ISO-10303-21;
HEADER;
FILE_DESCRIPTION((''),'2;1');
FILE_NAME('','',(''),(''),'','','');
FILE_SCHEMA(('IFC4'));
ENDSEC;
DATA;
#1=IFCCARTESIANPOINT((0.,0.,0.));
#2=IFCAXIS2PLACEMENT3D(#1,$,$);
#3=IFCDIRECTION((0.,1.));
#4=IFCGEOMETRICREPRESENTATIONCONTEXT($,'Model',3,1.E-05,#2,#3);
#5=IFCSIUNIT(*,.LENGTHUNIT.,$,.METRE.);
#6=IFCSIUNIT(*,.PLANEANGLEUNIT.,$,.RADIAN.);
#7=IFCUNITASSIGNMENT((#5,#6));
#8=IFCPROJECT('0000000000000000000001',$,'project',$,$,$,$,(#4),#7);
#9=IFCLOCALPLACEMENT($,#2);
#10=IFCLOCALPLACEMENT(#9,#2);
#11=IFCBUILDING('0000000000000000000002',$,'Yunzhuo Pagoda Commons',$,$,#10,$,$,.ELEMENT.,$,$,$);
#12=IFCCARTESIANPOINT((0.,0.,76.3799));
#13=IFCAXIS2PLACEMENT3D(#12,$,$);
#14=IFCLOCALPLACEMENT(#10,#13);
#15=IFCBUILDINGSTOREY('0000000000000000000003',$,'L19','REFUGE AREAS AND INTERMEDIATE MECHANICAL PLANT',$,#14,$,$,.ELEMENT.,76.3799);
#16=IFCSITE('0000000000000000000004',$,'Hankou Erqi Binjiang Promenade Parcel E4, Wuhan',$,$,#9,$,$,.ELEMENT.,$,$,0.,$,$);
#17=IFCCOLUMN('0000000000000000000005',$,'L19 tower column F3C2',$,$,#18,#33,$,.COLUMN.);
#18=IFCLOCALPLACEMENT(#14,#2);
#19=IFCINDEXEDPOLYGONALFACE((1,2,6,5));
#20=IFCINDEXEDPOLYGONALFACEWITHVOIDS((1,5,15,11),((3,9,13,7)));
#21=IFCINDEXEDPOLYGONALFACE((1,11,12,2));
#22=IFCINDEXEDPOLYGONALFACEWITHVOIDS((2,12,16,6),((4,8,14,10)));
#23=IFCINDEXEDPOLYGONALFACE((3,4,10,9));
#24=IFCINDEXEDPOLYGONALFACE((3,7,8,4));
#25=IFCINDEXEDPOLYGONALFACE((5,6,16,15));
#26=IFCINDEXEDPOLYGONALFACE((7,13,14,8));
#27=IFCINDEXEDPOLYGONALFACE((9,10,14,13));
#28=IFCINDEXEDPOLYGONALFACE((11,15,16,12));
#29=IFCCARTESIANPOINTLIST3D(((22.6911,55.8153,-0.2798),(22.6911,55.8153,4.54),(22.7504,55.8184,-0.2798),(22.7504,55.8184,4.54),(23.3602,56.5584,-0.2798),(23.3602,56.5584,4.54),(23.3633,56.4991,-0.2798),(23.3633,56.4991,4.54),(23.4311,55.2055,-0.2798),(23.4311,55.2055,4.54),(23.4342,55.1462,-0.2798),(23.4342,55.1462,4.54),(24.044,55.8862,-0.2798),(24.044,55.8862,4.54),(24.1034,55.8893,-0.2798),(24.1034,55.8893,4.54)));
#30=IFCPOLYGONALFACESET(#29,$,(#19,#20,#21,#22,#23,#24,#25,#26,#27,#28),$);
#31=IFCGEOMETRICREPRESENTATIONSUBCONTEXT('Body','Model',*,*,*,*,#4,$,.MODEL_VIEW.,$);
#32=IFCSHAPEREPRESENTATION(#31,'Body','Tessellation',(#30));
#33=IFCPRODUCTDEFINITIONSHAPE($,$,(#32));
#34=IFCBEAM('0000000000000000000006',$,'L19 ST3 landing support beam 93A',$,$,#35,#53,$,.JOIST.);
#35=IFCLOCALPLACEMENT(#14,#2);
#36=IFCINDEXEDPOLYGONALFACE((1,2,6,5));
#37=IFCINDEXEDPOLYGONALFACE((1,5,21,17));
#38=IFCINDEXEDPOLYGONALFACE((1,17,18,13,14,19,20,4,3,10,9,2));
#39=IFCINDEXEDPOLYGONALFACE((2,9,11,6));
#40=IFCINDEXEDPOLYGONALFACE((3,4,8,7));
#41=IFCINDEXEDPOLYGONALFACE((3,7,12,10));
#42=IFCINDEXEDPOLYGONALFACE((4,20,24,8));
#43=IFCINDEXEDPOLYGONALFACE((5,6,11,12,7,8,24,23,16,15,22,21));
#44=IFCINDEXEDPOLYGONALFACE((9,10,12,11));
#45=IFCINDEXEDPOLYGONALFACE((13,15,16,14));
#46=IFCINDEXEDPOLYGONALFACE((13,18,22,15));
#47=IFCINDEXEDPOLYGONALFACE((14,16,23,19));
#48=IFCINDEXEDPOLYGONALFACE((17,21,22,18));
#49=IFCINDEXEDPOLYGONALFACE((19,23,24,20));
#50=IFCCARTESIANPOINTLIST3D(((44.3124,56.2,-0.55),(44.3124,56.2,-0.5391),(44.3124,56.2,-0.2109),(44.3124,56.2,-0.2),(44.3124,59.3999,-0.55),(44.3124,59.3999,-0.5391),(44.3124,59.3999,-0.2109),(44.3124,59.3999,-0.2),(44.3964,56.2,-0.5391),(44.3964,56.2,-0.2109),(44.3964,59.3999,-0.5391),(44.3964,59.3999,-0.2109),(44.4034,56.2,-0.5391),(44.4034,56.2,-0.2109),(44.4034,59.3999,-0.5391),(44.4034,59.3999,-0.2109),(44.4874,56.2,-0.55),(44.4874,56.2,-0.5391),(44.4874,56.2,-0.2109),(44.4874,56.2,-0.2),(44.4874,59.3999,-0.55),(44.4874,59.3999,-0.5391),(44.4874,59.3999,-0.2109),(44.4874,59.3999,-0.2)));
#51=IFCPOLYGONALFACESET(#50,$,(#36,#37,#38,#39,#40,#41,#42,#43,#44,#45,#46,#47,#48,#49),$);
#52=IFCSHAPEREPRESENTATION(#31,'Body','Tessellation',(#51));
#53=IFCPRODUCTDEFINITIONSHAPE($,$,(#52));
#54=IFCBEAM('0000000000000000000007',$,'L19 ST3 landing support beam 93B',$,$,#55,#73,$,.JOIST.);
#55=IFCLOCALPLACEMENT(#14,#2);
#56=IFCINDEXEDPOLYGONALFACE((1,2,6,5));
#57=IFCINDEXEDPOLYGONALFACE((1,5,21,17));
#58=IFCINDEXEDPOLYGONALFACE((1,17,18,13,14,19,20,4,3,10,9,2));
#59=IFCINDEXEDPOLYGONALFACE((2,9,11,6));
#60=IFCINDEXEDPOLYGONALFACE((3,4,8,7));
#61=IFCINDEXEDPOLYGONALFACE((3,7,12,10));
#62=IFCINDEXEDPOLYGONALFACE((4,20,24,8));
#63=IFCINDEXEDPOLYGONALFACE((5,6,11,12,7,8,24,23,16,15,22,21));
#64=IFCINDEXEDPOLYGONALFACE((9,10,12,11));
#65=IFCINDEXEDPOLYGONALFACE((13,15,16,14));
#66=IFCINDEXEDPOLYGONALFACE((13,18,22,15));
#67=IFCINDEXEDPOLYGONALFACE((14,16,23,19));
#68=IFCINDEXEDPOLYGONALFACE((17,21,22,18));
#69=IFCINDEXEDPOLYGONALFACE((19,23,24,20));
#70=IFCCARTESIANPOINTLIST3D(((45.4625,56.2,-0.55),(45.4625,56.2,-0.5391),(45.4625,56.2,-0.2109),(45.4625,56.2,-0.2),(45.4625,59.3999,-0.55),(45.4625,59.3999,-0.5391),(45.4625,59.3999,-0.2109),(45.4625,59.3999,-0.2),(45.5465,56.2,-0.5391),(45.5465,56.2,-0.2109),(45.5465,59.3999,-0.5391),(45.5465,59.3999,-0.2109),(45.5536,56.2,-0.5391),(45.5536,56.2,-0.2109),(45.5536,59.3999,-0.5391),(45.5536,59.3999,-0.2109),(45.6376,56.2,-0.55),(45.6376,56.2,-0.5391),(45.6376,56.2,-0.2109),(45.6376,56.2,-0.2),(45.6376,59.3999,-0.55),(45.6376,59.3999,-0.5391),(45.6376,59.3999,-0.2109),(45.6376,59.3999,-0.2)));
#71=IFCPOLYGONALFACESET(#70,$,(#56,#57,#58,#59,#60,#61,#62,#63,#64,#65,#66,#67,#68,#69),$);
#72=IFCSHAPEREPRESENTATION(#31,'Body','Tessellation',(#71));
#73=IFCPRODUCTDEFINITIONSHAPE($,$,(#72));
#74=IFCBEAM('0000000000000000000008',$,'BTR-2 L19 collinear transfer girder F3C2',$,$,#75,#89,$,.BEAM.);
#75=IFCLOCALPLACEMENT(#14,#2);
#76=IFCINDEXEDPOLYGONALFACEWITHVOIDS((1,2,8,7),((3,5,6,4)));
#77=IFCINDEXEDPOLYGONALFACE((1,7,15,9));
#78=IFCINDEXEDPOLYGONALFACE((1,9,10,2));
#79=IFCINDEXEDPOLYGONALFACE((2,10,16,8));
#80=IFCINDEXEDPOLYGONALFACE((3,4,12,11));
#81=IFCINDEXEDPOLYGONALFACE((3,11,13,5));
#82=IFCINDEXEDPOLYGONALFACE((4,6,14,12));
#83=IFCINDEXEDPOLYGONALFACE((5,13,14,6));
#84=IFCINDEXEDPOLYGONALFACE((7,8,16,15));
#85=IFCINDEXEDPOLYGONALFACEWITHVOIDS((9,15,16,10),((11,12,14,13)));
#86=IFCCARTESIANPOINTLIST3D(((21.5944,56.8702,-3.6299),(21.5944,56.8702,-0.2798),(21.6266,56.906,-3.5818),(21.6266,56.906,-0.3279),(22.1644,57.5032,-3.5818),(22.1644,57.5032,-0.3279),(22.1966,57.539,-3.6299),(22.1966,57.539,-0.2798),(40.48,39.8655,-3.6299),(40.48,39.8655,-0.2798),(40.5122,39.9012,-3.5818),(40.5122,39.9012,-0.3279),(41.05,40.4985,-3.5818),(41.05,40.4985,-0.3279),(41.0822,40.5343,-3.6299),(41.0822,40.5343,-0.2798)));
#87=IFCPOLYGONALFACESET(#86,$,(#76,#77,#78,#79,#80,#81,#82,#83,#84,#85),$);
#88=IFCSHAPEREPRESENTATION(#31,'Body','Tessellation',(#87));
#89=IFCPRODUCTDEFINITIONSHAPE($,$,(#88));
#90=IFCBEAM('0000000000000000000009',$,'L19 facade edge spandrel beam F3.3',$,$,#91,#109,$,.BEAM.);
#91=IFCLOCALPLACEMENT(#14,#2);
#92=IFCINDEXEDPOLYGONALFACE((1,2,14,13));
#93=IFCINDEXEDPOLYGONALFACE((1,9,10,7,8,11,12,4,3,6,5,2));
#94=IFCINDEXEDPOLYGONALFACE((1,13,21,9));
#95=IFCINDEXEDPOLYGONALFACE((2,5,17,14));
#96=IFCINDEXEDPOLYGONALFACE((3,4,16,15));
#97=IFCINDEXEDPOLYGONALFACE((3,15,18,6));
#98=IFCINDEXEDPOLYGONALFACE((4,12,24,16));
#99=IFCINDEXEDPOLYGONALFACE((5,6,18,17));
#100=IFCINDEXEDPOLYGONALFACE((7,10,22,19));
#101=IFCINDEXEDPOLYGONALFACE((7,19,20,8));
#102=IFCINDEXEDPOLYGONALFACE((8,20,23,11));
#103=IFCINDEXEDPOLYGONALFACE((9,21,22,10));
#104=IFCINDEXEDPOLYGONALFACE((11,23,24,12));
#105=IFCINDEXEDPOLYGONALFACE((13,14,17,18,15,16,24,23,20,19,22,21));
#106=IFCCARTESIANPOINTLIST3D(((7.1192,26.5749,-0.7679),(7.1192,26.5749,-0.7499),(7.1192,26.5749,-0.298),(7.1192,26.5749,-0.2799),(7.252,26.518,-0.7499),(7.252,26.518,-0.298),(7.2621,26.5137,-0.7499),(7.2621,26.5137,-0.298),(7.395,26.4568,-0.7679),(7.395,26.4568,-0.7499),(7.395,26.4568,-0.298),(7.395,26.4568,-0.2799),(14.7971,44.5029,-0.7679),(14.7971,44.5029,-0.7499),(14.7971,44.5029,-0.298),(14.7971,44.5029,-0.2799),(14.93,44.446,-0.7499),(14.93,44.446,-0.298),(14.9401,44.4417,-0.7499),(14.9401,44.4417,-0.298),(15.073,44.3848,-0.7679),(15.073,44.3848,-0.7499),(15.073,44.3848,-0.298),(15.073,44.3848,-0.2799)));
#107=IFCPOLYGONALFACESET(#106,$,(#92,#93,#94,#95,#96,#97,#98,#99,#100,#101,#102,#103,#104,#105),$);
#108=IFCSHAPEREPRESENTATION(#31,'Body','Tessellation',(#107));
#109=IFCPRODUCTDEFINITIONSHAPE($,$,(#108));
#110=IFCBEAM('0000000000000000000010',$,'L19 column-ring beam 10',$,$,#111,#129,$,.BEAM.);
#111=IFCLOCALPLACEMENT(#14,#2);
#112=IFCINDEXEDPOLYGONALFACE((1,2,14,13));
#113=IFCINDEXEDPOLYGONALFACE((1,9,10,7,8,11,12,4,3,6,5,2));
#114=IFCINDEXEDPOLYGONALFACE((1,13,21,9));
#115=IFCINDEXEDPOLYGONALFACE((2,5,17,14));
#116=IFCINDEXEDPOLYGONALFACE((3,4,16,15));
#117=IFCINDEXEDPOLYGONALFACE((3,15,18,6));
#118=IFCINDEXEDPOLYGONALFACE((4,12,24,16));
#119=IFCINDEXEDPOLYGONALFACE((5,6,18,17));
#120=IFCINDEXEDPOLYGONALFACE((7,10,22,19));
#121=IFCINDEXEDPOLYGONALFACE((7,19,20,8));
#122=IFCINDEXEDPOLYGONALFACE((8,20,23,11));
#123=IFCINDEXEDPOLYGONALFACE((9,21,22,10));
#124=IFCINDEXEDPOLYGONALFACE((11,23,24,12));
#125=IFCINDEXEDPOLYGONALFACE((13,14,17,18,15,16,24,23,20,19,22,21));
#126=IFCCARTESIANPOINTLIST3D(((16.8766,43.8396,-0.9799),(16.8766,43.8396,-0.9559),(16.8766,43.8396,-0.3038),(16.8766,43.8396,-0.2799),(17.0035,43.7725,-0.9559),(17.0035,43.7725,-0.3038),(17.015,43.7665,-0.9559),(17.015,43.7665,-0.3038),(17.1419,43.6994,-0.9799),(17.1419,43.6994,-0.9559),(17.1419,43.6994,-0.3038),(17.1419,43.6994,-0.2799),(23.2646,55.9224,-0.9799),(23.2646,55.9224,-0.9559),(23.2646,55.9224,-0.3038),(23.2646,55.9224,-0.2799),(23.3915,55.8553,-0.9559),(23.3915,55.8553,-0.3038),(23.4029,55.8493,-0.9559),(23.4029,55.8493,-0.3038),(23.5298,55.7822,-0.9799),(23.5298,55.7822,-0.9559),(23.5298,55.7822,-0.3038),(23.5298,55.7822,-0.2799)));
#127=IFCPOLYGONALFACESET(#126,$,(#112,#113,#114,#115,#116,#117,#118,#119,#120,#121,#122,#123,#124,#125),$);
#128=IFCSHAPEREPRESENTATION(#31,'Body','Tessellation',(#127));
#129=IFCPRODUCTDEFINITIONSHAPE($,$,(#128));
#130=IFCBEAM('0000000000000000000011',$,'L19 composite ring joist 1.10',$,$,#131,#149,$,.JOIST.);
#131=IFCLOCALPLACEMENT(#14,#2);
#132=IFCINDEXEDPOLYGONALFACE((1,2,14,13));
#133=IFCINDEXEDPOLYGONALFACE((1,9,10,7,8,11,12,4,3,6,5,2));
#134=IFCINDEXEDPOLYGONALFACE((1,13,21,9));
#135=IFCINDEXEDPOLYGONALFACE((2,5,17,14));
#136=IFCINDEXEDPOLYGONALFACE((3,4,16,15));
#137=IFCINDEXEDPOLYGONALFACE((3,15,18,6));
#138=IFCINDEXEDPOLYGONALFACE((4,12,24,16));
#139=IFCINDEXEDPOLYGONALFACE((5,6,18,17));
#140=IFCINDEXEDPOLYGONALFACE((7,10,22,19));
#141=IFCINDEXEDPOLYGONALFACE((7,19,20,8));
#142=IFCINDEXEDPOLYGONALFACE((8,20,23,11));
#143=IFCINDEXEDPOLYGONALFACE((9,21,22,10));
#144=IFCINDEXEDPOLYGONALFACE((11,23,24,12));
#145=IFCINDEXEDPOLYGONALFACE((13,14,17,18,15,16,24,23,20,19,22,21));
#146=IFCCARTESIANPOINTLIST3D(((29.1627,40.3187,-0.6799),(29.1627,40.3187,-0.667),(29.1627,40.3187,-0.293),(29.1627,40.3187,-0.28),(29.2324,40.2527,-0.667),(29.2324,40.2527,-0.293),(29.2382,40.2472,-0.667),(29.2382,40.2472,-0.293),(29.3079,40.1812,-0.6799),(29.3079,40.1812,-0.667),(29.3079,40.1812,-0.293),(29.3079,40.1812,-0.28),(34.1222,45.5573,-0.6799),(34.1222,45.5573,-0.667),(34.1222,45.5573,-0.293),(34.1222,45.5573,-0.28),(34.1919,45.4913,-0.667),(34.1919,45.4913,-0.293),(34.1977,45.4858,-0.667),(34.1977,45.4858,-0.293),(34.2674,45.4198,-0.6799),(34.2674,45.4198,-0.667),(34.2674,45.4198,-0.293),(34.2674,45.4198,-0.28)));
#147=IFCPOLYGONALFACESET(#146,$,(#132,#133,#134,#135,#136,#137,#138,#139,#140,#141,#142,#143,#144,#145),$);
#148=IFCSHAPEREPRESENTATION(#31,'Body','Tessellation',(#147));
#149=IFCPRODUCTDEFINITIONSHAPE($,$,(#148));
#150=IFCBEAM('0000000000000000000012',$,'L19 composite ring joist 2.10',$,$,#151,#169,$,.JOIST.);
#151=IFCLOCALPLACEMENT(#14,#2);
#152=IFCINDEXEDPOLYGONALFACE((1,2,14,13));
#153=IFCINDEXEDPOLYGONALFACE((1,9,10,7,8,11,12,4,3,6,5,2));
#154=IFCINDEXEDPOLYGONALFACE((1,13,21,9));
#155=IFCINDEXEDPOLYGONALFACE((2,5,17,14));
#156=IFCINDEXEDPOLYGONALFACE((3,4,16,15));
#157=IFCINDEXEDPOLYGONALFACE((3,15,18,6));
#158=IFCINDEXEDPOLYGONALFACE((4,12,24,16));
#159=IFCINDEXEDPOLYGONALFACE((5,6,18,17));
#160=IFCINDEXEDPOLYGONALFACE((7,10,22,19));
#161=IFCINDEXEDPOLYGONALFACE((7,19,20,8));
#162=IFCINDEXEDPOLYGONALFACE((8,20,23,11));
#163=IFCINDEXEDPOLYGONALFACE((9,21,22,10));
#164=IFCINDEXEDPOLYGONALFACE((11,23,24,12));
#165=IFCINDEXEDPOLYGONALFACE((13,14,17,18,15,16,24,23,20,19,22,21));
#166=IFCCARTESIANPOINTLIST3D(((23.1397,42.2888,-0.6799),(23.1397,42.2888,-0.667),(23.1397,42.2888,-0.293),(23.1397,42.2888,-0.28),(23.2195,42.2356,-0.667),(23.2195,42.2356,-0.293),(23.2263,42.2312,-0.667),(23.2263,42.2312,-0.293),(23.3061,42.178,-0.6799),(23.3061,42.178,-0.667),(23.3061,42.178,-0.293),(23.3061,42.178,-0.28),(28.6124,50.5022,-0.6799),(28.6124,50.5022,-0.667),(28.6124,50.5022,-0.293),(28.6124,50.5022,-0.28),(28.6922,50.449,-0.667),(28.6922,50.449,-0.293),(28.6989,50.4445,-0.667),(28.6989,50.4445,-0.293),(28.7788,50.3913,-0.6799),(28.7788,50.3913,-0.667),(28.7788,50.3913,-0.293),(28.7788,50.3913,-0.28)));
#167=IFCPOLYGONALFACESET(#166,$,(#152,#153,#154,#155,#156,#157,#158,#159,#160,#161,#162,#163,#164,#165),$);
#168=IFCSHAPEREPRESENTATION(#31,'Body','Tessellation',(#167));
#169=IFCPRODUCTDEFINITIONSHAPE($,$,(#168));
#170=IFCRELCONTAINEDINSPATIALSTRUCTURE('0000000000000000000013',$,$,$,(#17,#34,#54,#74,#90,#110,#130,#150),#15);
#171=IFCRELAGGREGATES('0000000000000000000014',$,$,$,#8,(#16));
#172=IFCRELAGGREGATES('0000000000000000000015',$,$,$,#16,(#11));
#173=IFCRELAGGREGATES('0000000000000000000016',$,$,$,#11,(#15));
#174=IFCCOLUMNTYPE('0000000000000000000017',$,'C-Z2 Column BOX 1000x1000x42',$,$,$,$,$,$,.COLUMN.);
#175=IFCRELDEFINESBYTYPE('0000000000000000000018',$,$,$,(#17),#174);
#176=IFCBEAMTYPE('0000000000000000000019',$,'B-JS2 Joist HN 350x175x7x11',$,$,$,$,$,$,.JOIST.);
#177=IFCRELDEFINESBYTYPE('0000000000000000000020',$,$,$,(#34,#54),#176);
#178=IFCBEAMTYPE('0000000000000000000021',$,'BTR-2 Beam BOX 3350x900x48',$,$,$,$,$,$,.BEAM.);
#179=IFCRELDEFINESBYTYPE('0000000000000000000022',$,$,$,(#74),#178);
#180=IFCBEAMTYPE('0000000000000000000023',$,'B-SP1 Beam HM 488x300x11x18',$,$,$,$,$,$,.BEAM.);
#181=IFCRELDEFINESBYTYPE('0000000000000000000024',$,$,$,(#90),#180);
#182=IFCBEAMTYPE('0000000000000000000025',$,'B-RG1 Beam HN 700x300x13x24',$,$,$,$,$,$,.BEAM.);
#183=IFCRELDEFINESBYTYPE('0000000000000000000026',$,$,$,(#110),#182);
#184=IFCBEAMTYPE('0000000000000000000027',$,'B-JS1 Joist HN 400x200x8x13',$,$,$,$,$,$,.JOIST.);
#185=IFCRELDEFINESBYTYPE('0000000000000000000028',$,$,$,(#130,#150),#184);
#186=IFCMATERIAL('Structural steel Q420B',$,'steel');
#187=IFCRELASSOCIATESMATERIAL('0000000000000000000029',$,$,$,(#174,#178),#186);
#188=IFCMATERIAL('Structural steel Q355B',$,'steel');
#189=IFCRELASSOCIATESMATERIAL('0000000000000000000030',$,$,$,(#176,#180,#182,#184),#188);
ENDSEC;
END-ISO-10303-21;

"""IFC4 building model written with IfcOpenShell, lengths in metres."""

from ifc_helpers import new_model, si_unit, direction, frame, origin, origin_2d, place, context, subcontext, project, spatial, hollow_rectangle, i_section, extrude, source, transform, mapped, material, material_profile, profile_set, type_object, element, save


model = new_model("IFC4")

# Units and contexts
model_context = context("Model", 3, precision=1e-05, world=origin(), true_north=direction((0.0, 1.0)))
body_context = subcontext(model_context, "Body", "Model", "MODEL_VIEW")
ifc_project = project(units=[si_unit("LENGTHUNIT", "METRE"), si_unit("PLANEANGLEUNIT", "RADIAN")], contexts=[model_context])

# Site, building, storey
site_placement = place(None, origin())
site = spatial("IfcSite", under=ifc_project, at=site_placement, Name="Hankou Erqi Binjiang Promenade Parcel E4, Wuhan", CompositionType="ELEMENT", RefElevation=0.0)
building_placement = place(site_placement, origin())
building = spatial("IfcBuilding", under=site, at=building_placement, Name="Yunzhuo Pagoda Commons", CompositionType="ELEMENT")
storey_placement = place(building_placement, frame((0.0, 0.0, 76.3799)))
storey = spatial("IfcBuildingStorey", under=building, at=storey_placement, Name="L19", Description="REFUGE AREAS AND INTERMEDIATE MECHANICAL PLANT", CompositionType="ELEMENT", Elevation=76.3799)

# Column
ifc_material_1 = material(Name="Structural steel Q420B", Category="steel")
ifc_material_profile_1 = material_profile(ifc_material_1, hollow_rectangle(XDim=1.0, YDim=1.0, WallThickness=0.042, at=origin_2d()), Name="Structural steel Q420B")
ifc_profile_set_1 = profile_set([ifc_material_profile_1], Name="Structural steel Q420B")
column_type = type_object("IfcColumnType", Name="C-Z2 Column BOX 1000x1000x42", PredefinedType="COLUMN", material=ifc_profile_set_1)
shared_shape_1 = source(origin(), body_context, "Body", "SweptSolid", [
    extrude(hollow_rectangle(XDim=1.0, YDim=1.0, WallThickness=0.042, at=origin_2d()), origin(), (0.0, 0.0, 1.0), 4.8198),
])
column_placement = place(storey_placement, frame((23.3972, 55.8523, -0.2798), z_axis=(0.0, 0.0, 1.0), x_axis=(-0.669131, -0.743145, 0.0)))
element("IfcColumn", 1, at=column_placement, inside=storey, type_object=column_type, Name="L19 tower column F3C2", PredefinedType="COLUMN", context=body_context, shape_type="MappedRepresentation", body=[
    mapped(shared_shape_1, transform((0.0, 0.0, 0.0), scale=1.0)),
])

# Beams
ifc_material_2 = material(Name="Structural steel Q355B", Category="steel")
ifc_material_profile_2 = material_profile(ifc_material_2, i_section(OverallWidth=0.175, OverallDepth=0.3501, WebThickness=0.0071, FlangeThickness=0.011, at=origin_2d()), Name="Structural steel Q355B")
ifc_profile_set_2 = profile_set([ifc_material_profile_2], Name="Structural steel Q355B")
beam_type_1 = type_object("IfcBeamType", Name="B-JS2 Joist HN 350x175x7x11", PredefinedType="JOIST", material=ifc_profile_set_2)
shared_shape_2 = source(origin(), body_context, "Body", "SweptSolid", [
    extrude(i_section(OverallWidth=0.175, OverallDepth=0.3501, WebThickness=0.0071, FlangeThickness=0.011, at=origin_2d()), origin(), (0.0, 0.0, 1.0), 3.2),
])
for number, where, z_axis, x_axis, name in (
    (2, (44.3999, 56.2, -0.375), (0.0, 1.0, 0.0), (-1.0, 0.0, 0.0), "L19 ST3 landing support beam 93A"),
    (3, (45.55, 56.2, -0.375), (0.0, 1.0, 0.0), (-1.0, 0.0, 0.0), "L19 ST3 landing support beam 93B"),
):
    element("IfcBeam", number, at=place(storey_placement, frame(where, z_axis=z_axis, x_axis=x_axis)), inside=storey, type_object=beam_type_1, Name=name, PredefinedType="JOIST", context=body_context, shape_type="MappedRepresentation", body=[
        mapped(shared_shape_2, transform((0.0, 0.0, 0.0), scale=1.0)),
    ])
ifc_material_profile_3 = material_profile(ifc_material_1, hollow_rectangle(XDim=0.8999, YDim=3.3501, WallThickness=0.0481, at=origin_2d()), Name="Structural steel Q420B")
ifc_profile_set_3 = profile_set([ifc_material_profile_3], Name="Structural steel Q420B")
beam_type_2 = type_object("IfcBeamType", Name="BTR-2 Beam BOX 3350x900x48", PredefinedType="BEAM", material=ifc_profile_set_3)
shared_shape_3 = source(origin(), body_context, "Body", "SweptSolid", [
    extrude(hollow_rectangle(XDim=0.8999, YDim=3.3501, WallThickness=0.0481, at=origin_2d()), origin(), (0.0, 0.0, 1.0), 25.4131),
])
beam_1_placement = place(storey_placement, frame((21.8955, 57.2046, -1.9548), z_axis=(0.743144, -0.669132, 0.0), x_axis=(0.669132, 0.743144, 0.0)))
element("IfcBeam", 4, at=beam_1_placement, inside=storey, type_object=beam_type_2, Name="BTR-2 L19 collinear transfer girder F3C2", PredefinedType="BEAM", context=body_context, shape_type="MappedRepresentation", body=[
    mapped(shared_shape_3, transform((0.0, 0.0, 0.0), scale=1.0)),
])
ifc_material_profile_4 = material_profile(ifc_material_2, i_section(OverallWidth=0.3, OverallDepth=0.488, WebThickness=0.011, FlangeThickness=0.0181, at=origin_2d()), Name="Structural steel Q355B")
ifc_profile_set_4 = profile_set([ifc_material_profile_4], Name="Structural steel Q355B")
beam_type_3 = type_object("IfcBeamType", Name="B-SP1 Beam HM 488x300x11x18", PredefinedType="BEAM", material=ifc_profile_set_4)
shared_shape_4 = source(origin(), body_context, "Body", "SweptSolid", [
    extrude(i_section(OverallWidth=0.3, OverallDepth=0.488, WebThickness=0.011, FlangeThickness=0.0181, at=origin_2d()), origin(), (0.0, 0.0, 1.0), 19.5029),
])
beam_2_placement = place(storey_placement, frame((14.9351, 44.4438, -0.5239), z_axis=(-0.393684, -0.919246, 0.0), x_axis=(0.919246, -0.393684, 0.0)))
element("IfcBeam", 5, at=beam_2_placement, inside=storey, type_object=beam_type_3, Name="L19 facade edge spandrel beam F3.3", PredefinedType="BEAM", context=body_context, shape_type="MappedRepresentation", body=[
    mapped(shared_shape_4, transform((0.0, 0.0, 0.0), scale=1.0)),
])
ifc_material_profile_5 = material_profile(ifc_material_2, i_section(OverallWidth=0.3, OverallDepth=0.7, WebThickness=0.0129, FlangeThickness=0.0239, at=origin_2d()), Name="Structural steel Q355B")
ifc_profile_set_5 = profile_set([ifc_material_profile_5], Name="Structural steel Q355B")
beam_type_4 = type_object("IfcBeamType", Name="B-RG1 Beam HN 700x300x13x24", PredefinedType="BEAM", material=ifc_profile_set_5)
shared_shape_5 = source(origin(), body_context, "Body", "SweptSolid", [
    extrude(i_section(OverallWidth=0.3, OverallDepth=0.7, WebThickness=0.0129, FlangeThickness=0.0239, at=origin_2d()), origin(), (0.0, 0.0, 1.0), 13.6675),
])
beam_3_placement = place(storey_placement, frame((23.3972, 55.8523, -0.6299), z_axis=(-0.467384, -0.884055, 0.0), x_axis=(0.884055, -0.467384, 0.0)))
element("IfcBeam", 6, at=beam_3_placement, inside=storey, type_object=beam_type_4, Name="L19 column-ring beam 10", PredefinedType="BEAM", context=body_context, shape_type="MappedRepresentation", body=[
    mapped(shared_shape_5, transform((0.0, 0.0, 0.0), scale=1.0)),
])
ifc_material_profile_6 = material_profile(ifc_material_2, i_section(OverallWidth=0.2, OverallDepth=0.3999, WebThickness=0.0081, FlangeThickness=0.0129, at=origin_2d()), Name="Structural steel Q355B")
ifc_profile_set_6 = profile_set([ifc_material_profile_6], Name="Structural steel Q355B")
beam_type_5 = type_object("IfcBeamType", Name="B-JS1 Joist HN 400x200x8x13", PredefinedType="JOIST", material=ifc_profile_set_6)
shared_shape_6 = source(origin(), body_context, "Body", "SweptSolid", [
    extrude(i_section(OverallWidth=0.2, OverallDepth=0.3999, WebThickness=0.0081, FlangeThickness=0.0129, at=origin_2d()), origin(), (0.0, 0.0, 1.0), 7.2139),
])
beam_4_placement = place(storey_placement, frame((34.1948, 45.4885, -0.48), z_axis=(-0.687501, -0.726184, 0.0), x_axis=(0.726184, -0.687501, 0.0)))
element("IfcBeam", 7, at=beam_4_placement, inside=storey, type_object=beam_type_5, Name="L19 composite ring joist 1.10", PredefinedType="JOIST", context=body_context, shape_type="MappedRepresentation", body=[
    mapped(shared_shape_6, transform((0.0, 0.0, 0.0), scale=1.0)),
])
shared_shape_7 = source(origin(), body_context, "Body", "SweptSolid", [
    extrude(i_section(OverallWidth=0.2, OverallDepth=0.3999, WebThickness=0.0081, FlangeThickness=0.0129, at=origin_2d()), origin(), (0.0, 0.0, 1.0), 9.8696),
])
beam_5_placement = place(storey_placement, frame((28.6956, 50.4468, -0.48), z_axis=(-0.554495, -0.832187, 0.0), x_axis=(0.832187, -0.554495, 0.0)))
element("IfcBeam", 8, at=beam_5_placement, inside=storey, type_object=beam_type_5, Name="L19 composite ring joist 2.10", PredefinedType="JOIST", context=body_context, shape_type="MappedRepresentation", body=[
    mapped(shared_shape_7, transform((0.0, 0.0, 0.0), scale=1.0)),
])

save(model, "model.ifc")
